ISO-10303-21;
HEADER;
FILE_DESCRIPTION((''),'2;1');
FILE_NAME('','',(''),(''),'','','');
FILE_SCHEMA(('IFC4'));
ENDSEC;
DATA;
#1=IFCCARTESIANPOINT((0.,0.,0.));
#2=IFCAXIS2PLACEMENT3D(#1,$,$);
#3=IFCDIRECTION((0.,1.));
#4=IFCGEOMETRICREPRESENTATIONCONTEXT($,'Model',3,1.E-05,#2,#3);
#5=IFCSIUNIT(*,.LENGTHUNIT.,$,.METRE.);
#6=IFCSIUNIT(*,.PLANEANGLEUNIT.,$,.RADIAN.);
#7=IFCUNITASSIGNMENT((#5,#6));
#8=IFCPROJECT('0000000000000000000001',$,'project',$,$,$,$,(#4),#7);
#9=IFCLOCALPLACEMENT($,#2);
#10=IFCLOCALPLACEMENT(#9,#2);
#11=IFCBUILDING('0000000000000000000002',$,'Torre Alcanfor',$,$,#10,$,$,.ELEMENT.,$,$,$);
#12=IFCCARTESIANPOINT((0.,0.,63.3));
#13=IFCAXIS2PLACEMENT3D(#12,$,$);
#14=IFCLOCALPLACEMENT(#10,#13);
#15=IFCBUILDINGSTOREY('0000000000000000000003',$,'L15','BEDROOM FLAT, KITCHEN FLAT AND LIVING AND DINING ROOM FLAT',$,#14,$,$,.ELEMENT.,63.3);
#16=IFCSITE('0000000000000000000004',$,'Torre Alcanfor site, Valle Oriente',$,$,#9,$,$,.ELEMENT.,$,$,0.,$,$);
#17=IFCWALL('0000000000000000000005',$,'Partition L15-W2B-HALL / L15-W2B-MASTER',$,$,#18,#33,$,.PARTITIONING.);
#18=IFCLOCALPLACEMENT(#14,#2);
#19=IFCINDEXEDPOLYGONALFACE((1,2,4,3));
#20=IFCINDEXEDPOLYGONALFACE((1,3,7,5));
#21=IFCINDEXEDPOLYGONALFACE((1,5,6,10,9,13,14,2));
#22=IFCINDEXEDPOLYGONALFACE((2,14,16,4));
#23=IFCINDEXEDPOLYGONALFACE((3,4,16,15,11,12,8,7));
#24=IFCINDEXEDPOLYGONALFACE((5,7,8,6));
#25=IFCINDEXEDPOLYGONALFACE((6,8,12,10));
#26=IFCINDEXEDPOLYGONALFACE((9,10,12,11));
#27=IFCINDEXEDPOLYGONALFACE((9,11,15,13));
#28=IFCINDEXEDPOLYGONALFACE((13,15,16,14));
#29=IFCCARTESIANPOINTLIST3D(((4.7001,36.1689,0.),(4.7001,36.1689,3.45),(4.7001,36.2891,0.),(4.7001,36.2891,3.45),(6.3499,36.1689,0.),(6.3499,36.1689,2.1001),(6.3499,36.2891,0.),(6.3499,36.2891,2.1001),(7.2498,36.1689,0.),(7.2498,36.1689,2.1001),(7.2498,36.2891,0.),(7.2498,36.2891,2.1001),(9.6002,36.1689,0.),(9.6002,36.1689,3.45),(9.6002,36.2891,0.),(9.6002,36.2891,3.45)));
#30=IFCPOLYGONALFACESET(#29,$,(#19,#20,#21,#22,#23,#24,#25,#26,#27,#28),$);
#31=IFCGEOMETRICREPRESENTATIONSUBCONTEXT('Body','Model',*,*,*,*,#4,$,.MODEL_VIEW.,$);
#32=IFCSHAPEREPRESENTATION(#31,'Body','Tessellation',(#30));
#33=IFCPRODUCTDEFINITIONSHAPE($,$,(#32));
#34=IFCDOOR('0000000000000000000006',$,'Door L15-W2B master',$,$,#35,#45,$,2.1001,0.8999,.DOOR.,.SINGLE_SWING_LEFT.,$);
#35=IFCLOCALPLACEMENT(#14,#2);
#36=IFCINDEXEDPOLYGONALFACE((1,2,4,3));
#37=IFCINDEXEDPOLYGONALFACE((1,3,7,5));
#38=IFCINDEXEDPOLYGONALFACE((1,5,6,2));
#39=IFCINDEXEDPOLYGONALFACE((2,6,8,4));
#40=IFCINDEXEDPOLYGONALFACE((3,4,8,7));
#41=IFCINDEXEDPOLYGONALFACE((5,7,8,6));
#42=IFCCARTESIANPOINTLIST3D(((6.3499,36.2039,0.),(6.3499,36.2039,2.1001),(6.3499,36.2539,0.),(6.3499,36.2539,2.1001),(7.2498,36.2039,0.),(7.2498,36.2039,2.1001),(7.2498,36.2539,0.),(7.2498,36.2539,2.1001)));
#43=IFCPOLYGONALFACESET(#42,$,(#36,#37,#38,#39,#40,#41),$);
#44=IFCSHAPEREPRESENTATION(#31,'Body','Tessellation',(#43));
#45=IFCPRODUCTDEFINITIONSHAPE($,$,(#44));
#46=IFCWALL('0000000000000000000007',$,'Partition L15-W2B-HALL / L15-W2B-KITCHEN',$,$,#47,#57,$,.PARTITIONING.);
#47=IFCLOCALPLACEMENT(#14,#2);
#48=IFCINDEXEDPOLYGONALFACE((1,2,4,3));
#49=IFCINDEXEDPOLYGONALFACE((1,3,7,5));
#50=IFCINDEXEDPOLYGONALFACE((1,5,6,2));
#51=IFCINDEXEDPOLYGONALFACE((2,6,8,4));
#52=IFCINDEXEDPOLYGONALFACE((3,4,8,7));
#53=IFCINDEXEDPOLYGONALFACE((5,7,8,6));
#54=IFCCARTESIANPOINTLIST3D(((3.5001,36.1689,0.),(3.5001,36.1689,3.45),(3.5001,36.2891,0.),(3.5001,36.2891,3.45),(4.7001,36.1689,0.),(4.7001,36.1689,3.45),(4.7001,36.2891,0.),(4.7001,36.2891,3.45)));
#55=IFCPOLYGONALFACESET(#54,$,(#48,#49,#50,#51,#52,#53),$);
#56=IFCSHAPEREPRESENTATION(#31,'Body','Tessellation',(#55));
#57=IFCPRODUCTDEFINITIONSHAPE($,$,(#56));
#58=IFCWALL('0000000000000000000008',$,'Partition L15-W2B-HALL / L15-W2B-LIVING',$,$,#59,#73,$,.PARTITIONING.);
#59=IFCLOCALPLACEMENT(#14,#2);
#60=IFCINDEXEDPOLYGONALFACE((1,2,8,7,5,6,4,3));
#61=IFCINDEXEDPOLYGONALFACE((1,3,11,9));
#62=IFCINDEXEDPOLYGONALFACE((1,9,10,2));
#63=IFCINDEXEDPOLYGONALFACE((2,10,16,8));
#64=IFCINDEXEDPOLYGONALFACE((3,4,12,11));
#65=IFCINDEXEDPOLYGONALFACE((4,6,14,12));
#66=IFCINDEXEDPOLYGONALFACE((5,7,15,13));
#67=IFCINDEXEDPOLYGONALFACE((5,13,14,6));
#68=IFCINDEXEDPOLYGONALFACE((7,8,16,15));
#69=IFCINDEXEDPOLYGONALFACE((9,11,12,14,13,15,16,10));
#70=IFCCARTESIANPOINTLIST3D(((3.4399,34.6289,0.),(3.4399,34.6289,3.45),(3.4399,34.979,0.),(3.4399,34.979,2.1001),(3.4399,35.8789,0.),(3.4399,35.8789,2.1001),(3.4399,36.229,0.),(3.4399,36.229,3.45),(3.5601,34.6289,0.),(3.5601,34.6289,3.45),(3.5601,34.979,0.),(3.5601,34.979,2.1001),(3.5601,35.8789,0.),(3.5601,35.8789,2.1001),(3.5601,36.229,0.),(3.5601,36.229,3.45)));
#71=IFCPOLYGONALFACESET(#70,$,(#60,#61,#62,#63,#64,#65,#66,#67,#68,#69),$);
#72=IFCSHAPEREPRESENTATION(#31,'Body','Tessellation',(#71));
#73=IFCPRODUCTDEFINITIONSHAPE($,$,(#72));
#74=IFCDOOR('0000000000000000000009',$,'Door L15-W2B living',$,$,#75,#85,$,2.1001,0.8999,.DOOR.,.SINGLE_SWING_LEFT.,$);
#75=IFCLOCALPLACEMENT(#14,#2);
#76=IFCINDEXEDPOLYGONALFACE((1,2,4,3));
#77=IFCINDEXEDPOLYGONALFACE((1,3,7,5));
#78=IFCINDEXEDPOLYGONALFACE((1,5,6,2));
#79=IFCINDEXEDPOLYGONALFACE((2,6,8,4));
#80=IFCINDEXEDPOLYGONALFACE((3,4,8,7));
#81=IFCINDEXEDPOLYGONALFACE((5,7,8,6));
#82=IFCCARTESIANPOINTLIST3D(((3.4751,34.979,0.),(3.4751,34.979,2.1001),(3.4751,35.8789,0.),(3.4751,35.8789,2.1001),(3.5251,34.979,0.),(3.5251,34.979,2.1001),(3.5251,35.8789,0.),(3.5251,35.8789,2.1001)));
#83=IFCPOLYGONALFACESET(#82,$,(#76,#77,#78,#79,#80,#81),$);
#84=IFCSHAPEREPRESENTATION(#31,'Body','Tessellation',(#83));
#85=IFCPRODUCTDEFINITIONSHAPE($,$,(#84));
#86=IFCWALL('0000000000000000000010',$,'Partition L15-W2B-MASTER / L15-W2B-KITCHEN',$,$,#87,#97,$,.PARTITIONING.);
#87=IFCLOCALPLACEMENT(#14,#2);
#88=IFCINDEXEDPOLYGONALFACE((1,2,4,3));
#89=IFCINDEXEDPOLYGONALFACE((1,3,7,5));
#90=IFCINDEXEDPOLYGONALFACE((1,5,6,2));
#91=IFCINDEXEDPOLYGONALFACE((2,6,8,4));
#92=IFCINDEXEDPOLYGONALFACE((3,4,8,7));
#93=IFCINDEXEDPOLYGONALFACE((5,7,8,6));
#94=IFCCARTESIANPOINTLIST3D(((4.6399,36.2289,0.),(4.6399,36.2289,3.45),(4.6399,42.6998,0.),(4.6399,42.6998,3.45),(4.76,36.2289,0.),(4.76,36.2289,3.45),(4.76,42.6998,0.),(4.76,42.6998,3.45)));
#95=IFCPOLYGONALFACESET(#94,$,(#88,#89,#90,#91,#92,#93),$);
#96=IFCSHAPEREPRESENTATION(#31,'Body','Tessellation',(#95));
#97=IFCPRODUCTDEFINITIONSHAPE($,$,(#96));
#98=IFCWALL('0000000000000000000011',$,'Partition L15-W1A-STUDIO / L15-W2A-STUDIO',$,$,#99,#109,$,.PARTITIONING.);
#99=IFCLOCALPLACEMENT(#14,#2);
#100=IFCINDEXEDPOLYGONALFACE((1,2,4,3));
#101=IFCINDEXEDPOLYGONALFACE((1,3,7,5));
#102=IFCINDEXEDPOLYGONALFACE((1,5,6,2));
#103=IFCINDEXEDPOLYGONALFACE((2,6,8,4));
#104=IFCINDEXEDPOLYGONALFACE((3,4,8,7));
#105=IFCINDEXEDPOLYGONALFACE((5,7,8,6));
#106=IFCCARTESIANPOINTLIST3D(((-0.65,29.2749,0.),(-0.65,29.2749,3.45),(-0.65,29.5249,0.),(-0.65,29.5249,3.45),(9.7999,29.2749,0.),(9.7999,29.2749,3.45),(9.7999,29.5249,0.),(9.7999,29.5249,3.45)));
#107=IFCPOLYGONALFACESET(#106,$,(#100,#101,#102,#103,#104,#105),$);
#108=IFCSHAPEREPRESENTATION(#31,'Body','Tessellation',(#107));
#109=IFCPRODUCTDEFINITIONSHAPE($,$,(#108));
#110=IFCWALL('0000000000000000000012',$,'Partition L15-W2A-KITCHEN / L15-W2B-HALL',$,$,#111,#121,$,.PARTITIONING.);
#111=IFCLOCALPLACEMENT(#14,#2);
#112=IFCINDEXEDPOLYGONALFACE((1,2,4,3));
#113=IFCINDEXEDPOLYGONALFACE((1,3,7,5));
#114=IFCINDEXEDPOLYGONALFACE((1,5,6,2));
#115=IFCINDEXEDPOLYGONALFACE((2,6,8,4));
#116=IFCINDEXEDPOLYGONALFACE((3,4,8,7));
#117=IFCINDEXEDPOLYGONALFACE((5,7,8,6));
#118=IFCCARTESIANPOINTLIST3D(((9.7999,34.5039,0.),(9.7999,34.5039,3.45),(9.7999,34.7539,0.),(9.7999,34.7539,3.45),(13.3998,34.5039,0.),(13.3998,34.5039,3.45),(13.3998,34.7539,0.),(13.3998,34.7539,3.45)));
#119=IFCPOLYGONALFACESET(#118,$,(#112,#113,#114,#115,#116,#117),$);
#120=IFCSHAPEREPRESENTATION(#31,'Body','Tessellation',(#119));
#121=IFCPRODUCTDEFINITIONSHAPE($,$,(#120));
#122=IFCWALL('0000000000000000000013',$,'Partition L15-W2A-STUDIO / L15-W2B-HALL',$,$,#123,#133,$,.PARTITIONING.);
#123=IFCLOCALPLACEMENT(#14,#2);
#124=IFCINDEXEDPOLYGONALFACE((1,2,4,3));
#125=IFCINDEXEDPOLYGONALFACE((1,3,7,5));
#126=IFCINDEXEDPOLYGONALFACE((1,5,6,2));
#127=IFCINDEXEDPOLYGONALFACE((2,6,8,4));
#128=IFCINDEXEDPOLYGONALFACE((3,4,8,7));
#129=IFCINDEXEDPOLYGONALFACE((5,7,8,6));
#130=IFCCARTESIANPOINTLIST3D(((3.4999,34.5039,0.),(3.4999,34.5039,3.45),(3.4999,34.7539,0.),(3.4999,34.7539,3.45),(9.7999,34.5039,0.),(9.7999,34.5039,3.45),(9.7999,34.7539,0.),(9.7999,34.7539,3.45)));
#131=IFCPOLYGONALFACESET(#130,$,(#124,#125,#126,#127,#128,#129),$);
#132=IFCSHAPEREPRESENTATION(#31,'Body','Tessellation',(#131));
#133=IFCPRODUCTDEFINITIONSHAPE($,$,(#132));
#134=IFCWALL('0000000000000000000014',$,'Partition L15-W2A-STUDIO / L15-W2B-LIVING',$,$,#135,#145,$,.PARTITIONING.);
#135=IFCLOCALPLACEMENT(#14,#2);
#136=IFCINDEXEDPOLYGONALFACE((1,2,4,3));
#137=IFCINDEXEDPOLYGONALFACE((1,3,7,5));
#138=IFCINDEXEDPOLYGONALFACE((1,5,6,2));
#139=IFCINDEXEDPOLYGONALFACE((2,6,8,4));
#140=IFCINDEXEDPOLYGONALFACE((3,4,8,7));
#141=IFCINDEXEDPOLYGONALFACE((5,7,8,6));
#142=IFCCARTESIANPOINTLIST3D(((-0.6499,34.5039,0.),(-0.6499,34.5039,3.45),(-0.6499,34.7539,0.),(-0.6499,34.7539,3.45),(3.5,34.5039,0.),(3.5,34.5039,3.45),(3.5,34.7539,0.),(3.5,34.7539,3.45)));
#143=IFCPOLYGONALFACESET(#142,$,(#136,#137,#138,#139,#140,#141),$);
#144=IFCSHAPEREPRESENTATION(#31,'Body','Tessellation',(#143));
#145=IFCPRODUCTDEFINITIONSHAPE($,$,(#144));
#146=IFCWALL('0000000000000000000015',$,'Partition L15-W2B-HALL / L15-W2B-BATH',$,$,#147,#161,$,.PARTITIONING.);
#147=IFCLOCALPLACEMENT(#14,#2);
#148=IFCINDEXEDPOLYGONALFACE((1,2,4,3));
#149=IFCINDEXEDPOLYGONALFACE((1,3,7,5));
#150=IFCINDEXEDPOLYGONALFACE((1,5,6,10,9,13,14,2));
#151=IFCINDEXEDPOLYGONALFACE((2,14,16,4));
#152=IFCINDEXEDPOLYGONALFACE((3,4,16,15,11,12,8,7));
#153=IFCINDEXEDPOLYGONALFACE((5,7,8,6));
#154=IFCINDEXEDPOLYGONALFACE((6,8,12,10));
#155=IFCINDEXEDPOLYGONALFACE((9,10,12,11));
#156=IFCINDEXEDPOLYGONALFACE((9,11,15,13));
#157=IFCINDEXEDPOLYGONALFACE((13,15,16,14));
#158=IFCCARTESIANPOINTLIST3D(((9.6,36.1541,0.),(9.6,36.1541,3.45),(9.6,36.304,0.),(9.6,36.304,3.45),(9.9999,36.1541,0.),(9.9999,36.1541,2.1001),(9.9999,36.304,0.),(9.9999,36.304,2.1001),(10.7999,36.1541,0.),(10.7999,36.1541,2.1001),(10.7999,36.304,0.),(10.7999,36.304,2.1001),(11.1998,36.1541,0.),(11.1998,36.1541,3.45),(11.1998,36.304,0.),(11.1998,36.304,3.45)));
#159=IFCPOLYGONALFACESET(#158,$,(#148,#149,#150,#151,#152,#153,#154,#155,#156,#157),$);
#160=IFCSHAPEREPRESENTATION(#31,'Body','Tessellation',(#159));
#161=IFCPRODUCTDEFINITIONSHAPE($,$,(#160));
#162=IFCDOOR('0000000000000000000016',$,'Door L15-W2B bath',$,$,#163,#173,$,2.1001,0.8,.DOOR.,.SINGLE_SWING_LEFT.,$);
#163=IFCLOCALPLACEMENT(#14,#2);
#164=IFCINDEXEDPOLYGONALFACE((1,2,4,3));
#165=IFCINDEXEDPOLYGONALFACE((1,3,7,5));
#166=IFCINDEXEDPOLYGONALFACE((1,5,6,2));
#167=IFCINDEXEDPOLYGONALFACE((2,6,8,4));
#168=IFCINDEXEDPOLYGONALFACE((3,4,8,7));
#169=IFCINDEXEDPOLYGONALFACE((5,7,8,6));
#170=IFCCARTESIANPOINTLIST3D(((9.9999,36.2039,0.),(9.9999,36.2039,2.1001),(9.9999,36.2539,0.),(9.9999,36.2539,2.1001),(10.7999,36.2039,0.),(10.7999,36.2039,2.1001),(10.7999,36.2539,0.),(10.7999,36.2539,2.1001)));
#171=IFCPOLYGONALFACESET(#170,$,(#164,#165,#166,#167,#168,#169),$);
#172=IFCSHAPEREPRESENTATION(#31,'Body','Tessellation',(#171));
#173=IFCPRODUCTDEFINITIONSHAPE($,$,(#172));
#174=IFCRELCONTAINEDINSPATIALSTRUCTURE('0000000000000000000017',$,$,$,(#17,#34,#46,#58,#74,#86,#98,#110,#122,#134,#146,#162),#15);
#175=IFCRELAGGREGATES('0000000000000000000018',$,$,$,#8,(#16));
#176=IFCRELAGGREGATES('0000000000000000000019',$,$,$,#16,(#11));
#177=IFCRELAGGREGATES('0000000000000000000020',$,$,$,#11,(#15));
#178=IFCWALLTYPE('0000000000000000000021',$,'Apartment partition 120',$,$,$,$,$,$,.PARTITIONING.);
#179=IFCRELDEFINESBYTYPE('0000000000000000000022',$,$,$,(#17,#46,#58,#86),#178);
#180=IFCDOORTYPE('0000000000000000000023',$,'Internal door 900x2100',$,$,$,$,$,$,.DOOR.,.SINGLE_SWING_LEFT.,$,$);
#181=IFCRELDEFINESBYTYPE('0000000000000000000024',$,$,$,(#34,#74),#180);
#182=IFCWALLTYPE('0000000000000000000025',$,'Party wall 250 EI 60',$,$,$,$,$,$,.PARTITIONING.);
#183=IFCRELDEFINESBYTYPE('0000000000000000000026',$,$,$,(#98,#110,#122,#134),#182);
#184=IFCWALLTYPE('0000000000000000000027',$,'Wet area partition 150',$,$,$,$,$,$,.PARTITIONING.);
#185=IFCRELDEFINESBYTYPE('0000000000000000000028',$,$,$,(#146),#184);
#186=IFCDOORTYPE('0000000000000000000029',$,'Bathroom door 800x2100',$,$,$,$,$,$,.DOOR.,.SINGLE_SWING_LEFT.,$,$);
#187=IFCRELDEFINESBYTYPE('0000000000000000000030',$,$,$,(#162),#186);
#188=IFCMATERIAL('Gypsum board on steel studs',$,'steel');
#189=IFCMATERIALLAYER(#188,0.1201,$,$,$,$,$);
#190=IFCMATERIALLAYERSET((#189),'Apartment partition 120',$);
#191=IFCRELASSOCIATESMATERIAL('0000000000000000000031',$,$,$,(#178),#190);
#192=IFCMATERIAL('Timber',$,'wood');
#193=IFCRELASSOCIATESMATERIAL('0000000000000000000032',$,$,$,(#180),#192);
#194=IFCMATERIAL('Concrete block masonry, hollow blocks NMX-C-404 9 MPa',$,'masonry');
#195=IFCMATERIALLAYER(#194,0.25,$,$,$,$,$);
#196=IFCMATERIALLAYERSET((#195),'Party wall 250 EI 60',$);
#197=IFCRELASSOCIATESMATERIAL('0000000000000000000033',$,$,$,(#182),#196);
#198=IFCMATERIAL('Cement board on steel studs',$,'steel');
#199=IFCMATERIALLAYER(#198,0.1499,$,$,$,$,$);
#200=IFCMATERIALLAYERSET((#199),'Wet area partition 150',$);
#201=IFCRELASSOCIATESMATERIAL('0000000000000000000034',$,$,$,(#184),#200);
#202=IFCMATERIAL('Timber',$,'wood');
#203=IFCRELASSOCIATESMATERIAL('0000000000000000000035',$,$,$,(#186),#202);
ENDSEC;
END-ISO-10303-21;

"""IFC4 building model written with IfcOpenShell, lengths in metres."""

from ifc_helpers import new_model, si_unit, direction, frame, frame_2d, origin, place, context, subcontext, project, spatial, rectangle, extrude, material, layer, layer_set, type_object, element, fill, save


model = new_model("IFC4")

# Units and contexts
model_context = context("Model", 3, precision=1e-05, world=origin(), true_north=direction((0.0, 1.0)))
body_context = subcontext(model_context, "Body", "Model", "MODEL_VIEW")
ifc_project = project(units=[si_unit("LENGTHUNIT", "METRE"), si_unit("PLANEANGLEUNIT", "RADIAN")], contexts=[model_context])

# Site, building, storey
site_placement = place(None, origin())
site = spatial("IfcSite", under=ifc_project, at=site_placement, Name="Torre Alcanfor site, Valle Oriente", CompositionType="ELEMENT", RefElevation=0.0)
building_placement = place(site_placement, origin())
building = spatial("IfcBuilding", under=site, at=building_placement, Name="Torre Alcanfor", CompositionType="ELEMENT")
storey_placement = place(building_placement, frame((0.0, 0.0, 63.3)))
storey = spatial("IfcBuildingStorey", under=building, at=storey_placement, Name="L15", Description="BEDROOM FLAT, KITCHEN FLAT AND LIVING AND DINING ROOM FLAT", CompositionType="ELEMENT", Elevation=63.3)

# Wall, opening, door
ifc_material_1 = material(Name="Gypsum board on steel studs", Category="steel")
ifc_layer_1 = layer(ifc_material_1, 0.1201)
ifc_layer_set_1 = layer_set([ifc_layer_1], Name="Apartment partition 120")
wall_type_1 = type_object("IfcWallType", Name="Apartment partition 120", PredefinedType="PARTITIONING", material=ifc_layer_set_1)
ifc_material_2 = material(Name="Timber", Category="wood")
door_type_1 = type_object("IfcDoorType", Name="Internal door 900x2100", OperationType="SINGLE_SWING_LEFT", PredefinedType="DOOR", material=ifc_material_2)
wall_1_placement = place(storey_placement, frame((4.7, 36.229, 0.0), z_axis=(0.0, 0.0, 1.0), x_axis=(1.0, 0.0, 0.0)))
wall_1 = element("IfcWall", 1, at=wall_1_placement, inside=storey, type_object=wall_type_1, Name="Partition L15-W2B-HALL / L15-W2B-MASTER", PredefinedType="PARTITIONING", context=body_context, shape_type="SweptSolid", body=[
    extrude(rectangle(XDim=4.9001, YDim=0.1201, at=frame_2d((2.4502, 0.0))), origin(), (0.0, 0.0, 1.0), 3.45),
])
opening_1_placement = place(wall_1_placement, frame((1.6499, 0.0, 0.0)))
opening_1 = element("IfcOpeningElement", 2, at=opening_1_placement, cuts=wall_1, PredefinedType="OPENING", context=body_context, shape_type="SweptSolid", body=[
    extrude(rectangle(XDim=0.8999, YDim=2.1001, at=frame_2d((0.45, 1.05))), frame((0.0, 0.0701, 0.0), z_axis=(0.0, -1.0, 0.0), x_axis=(1.0, 0.0, 0.0)), (0.0, 0.0, 1.0), 0.1401),
])
door_1_placement = place(opening_1_placement, origin())
door_1 = element("IfcDoor", 3, at=door_1_placement, inside=storey, type_object=door_type_1, Name="Door L15-W2B master", OperationType="SINGLE_SWING_LEFT", OverallHeight=2.1001, OverallWidth=0.8999, PredefinedType="DOOR", context=body_context, shape_type="SweptSolid", body=[
    extrude(rectangle(XDim=0.8999, YDim=2.1001, at=frame_2d((0.45, 1.05))), frame((0.0, 0.0249, 0.0), z_axis=(0.0, -1.0, 0.0), x_axis=(1.0, 0.0, 0.0)), (0.0, 0.0, 1.0), 0.05),
])
fill(opening_1, door_1)

# Wall
wall_2_placement = place(storey_placement, frame((3.5, 36.229, 0.0), z_axis=(0.0, 0.0, 1.0), x_axis=(1.0, 0.0, 0.0)))
element("IfcWall", 4, at=wall_2_placement, inside=storey, type_object=wall_type_1, Name="Partition L15-W2B-HALL / L15-W2B-KITCHEN", PredefinedType="PARTITIONING", context=body_context, shape_type="SweptSolid", body=[
    extrude(rectangle(XDim=1.2, YDim=0.1201, at=frame_2d((0.6001, 0.0))), origin(), (0.0, 0.0, 1.0), 3.45),
])

# Wall, opening, door
wall_3_placement = place(storey_placement, frame((3.5, 34.6289, 0.0), z_axis=(0.0, 0.0, 1.0), x_axis=(0.0, 1.0, 0.0)))
wall_3 = element("IfcWall", 5, at=wall_3_placement, inside=storey, type_object=wall_type_1, Name="Partition L15-W2B-HALL / L15-W2B-LIVING", PredefinedType="PARTITIONING", context=body_context, shape_type="SweptSolid", body=[
    extrude(rectangle(XDim=1.6001, YDim=0.1201, at=frame_2d((0.8, 0.0))), origin(), (0.0, 0.0, 1.0), 3.45),
])
opening_2_placement = place(wall_3_placement, frame((0.3501, 0.0, 0.0)))
opening_2 = element("IfcOpeningElement", 6, at=opening_2_placement, cuts=wall_3, PredefinedType="OPENING", context=body_context, shape_type="SweptSolid", body=[
    extrude(rectangle(XDim=0.8999, YDim=2.1001, at=frame_2d((0.45, 1.05))), frame((0.0, 0.0701, 0.0), z_axis=(0.0, -1.0, 0.0), x_axis=(1.0, 0.0, 0.0)), (0.0, 0.0, 1.0), 0.1401),
])
door_2_placement = place(opening_2_placement, origin())
door_2 = element("IfcDoor", 7, at=door_2_placement, inside=storey, type_object=door_type_1, Name="Door L15-W2B living", OperationType="SINGLE_SWING_LEFT", OverallHeight=2.1001, OverallWidth=0.8999, PredefinedType="DOOR", context=body_context, shape_type="SweptSolid", body=[
    extrude(rectangle(XDim=0.8999, YDim=2.1001, at=frame_2d((0.45, 1.05))), frame((0.0, 0.0249, 0.0), z_axis=(0.0, -1.0, 0.0), x_axis=(1.0, 0.0, 0.0)), (0.0, 0.0, 1.0), 0.05),
])
fill(opening_2, door_2)

# Walls
wall_4_placement = place(storey_placement, frame((4.7, 36.229, 0.0), z_axis=(0.0, 0.0, 1.0), x_axis=(0.0, 1.0, 0.0)))
element("IfcWall", 8, at=wall_4_placement, inside=storey, type_object=wall_type_1, Name="Partition L15-W2B-MASTER / L15-W2B-KITCHEN", PredefinedType="PARTITIONING", context=body_context, shape_type="SweptSolid", body=[
    extrude(rectangle(XDim=6.4709, YDim=0.1201, at=frame_2d((3.2354, 0.0))), origin(), (0.0, 0.0, 1.0), 3.45),
])
ifc_material_3 = material(Name="Concrete block masonry, hollow blocks NMX-C-404 9 MPa", Category="masonry")
ifc_layer_2 = layer(ifc_material_3, 0.25)
ifc_layer_set_2 = layer_set([ifc_layer_2], Name="Party wall 250 EI 60")
wall_type_2 = type_object("IfcWallType", Name="Party wall 250 EI 60", PredefinedType="PARTITIONING", material=ifc_layer_set_2)
wall_5_placement = place(storey_placement, frame((9.8, 29.3999, 0.0), z_axis=(0.0, 0.0, 1.0), x_axis=(-1.0, 0.0, 0.0)))
element("IfcWall", 9, at=wall_5_placement, inside=storey, type_object=wall_type_2, Name="Partition L15-W1A-STUDIO / L15-W2A-STUDIO", PredefinedType="PARTITIONING", context=body_context, shape_type="SweptSolid", body=[
    extrude(rectangle(XDim=10.45, YDim=0.25, at=frame_2d((5.2251, 0.0))), origin(), (0.0, 0.0, 1.0), 3.45),
])
wall_6_placement = place(storey_placement, frame((9.8, 34.6289, 0.0), z_axis=(0.0, 0.0, 1.0), x_axis=(1.0, 0.0, 0.0)))
element("IfcWall", 10, at=wall_6_placement, inside=storey, type_object=wall_type_2, Name="Partition L15-W2A-KITCHEN / L15-W2B-HALL", PredefinedType="PARTITIONING", context=body_context, shape_type="SweptSolid", body=[
    extrude(rectangle(XDim=3.5999, YDim=0.25, at=frame_2d((1.7998, 0.0))), origin(), (0.0, 0.0, 1.0), 3.45),
])
wall_7_placement = place(storey_placement, frame((3.5, 34.6289, 0.0), z_axis=(0.0, 0.0, 1.0), x_axis=(1.0, 0.0, 0.0)))
element("IfcWall", 11, at=wall_7_placement, inside=storey, type_object=wall_type_2, Name="Partition L15-W2A-STUDIO / L15-W2B-HALL", PredefinedType="PARTITIONING", context=body_context, shape_type="SweptSolid", body=[
    extrude(rectangle(XDim=6.3, YDim=0.25, at=frame_2d((3.1499, 0.0))), origin(), (0.0, 0.0, 1.0), 3.45),
])
wall_8_placement = place(storey_placement, frame((-0.6499, 34.6289, 0.0), z_axis=(0.0, 0.0, 1.0), x_axis=(1.0, 0.0, 0.0)))
element("IfcWall", 12, at=wall_8_placement, inside=storey, type_object=wall_type_2, Name="Partition L15-W2A-STUDIO / L15-W2B-LIVING", PredefinedType="PARTITIONING", context=body_context, shape_type="SweptSolid", body=[
    extrude(rectangle(XDim=4.1499, YDim=0.25, at=frame_2d((2.075, 0.0))), origin(), (0.0, 0.0, 1.0), 3.45),
])

# Wall, opening, door
ifc_material_4 = material(Name="Cement board on steel studs", Category="steel")
ifc_layer_3 = layer(ifc_material_4, 0.1499)
ifc_layer_set_3 = layer_set([ifc_layer_3], Name="Wet area partition 150")
wall_type_3 = type_object("IfcWallType", Name="Wet area partition 150", PredefinedType="PARTITIONING", material=ifc_layer_set_3)
wall_9_placement = place(storey_placement, frame((9.6001, 36.229, 0.0), z_axis=(0.0, 0.0, 1.0), x_axis=(1.0, 0.0, 0.0)))
wall_9 = element("IfcWall", 13, at=wall_9_placement, inside=storey, type_object=wall_type_3, Name="Partition L15-W2B-HALL / L15-W2B-BATH", PredefinedType="PARTITIONING", context=body_context, shape_type="SweptSolid", body=[
    extrude(rectangle(XDim=1.5999, YDim=0.1499, at=frame_2d((0.7998, 0.0))), origin(), (0.0, 0.0, 1.0), 3.45),
])
opening_3_placement = place(wall_9_placement, frame((0.3999, 0.0, 0.0)))
opening_3 = element("IfcOpeningElement", 14, at=opening_3_placement, cuts=wall_9, PredefinedType="OPENING", context=body_context, shape_type="SweptSolid", body=[
    extrude(rectangle(XDim=0.8, YDim=2.1001, at=frame_2d((0.3999, 1.05))), frame((0.0, 0.085, 0.0), z_axis=(0.0, -1.0, 0.0), x_axis=(1.0, 0.0, 0.0)), (0.0, 0.0, 1.0), 0.1699),
])
ifc_material_5 = material(Name="Timber", Category="wood")
door_type_2 = type_object("IfcDoorType", Name="Bathroom door 800x2100", OperationType="SINGLE_SWING_LEFT", PredefinedType="DOOR", material=ifc_material_5)
door_3_placement = place(opening_3_placement, origin())
door_3 = element("IfcDoor", 15, at=door_3_placement, inside=storey, type_object=door_type_2, Name="Door L15-W2B bath", OperationType="SINGLE_SWING_LEFT", OverallHeight=2.1001, OverallWidth=0.8, PredefinedType="DOOR", context=body_context, shape_type="SweptSolid", body=[
    extrude(rectangle(XDim=0.8, YDim=2.1001, at=frame_2d((0.3999, 1.05))), frame((0.0, 0.0249, 0.0), z_axis=(0.0, -1.0, 0.0), x_axis=(1.0, 0.0, 0.0)), (0.0, 0.0, 1.0), 0.05),
])
fill(opening_3, door_3)

save(model, "model.ifc")
